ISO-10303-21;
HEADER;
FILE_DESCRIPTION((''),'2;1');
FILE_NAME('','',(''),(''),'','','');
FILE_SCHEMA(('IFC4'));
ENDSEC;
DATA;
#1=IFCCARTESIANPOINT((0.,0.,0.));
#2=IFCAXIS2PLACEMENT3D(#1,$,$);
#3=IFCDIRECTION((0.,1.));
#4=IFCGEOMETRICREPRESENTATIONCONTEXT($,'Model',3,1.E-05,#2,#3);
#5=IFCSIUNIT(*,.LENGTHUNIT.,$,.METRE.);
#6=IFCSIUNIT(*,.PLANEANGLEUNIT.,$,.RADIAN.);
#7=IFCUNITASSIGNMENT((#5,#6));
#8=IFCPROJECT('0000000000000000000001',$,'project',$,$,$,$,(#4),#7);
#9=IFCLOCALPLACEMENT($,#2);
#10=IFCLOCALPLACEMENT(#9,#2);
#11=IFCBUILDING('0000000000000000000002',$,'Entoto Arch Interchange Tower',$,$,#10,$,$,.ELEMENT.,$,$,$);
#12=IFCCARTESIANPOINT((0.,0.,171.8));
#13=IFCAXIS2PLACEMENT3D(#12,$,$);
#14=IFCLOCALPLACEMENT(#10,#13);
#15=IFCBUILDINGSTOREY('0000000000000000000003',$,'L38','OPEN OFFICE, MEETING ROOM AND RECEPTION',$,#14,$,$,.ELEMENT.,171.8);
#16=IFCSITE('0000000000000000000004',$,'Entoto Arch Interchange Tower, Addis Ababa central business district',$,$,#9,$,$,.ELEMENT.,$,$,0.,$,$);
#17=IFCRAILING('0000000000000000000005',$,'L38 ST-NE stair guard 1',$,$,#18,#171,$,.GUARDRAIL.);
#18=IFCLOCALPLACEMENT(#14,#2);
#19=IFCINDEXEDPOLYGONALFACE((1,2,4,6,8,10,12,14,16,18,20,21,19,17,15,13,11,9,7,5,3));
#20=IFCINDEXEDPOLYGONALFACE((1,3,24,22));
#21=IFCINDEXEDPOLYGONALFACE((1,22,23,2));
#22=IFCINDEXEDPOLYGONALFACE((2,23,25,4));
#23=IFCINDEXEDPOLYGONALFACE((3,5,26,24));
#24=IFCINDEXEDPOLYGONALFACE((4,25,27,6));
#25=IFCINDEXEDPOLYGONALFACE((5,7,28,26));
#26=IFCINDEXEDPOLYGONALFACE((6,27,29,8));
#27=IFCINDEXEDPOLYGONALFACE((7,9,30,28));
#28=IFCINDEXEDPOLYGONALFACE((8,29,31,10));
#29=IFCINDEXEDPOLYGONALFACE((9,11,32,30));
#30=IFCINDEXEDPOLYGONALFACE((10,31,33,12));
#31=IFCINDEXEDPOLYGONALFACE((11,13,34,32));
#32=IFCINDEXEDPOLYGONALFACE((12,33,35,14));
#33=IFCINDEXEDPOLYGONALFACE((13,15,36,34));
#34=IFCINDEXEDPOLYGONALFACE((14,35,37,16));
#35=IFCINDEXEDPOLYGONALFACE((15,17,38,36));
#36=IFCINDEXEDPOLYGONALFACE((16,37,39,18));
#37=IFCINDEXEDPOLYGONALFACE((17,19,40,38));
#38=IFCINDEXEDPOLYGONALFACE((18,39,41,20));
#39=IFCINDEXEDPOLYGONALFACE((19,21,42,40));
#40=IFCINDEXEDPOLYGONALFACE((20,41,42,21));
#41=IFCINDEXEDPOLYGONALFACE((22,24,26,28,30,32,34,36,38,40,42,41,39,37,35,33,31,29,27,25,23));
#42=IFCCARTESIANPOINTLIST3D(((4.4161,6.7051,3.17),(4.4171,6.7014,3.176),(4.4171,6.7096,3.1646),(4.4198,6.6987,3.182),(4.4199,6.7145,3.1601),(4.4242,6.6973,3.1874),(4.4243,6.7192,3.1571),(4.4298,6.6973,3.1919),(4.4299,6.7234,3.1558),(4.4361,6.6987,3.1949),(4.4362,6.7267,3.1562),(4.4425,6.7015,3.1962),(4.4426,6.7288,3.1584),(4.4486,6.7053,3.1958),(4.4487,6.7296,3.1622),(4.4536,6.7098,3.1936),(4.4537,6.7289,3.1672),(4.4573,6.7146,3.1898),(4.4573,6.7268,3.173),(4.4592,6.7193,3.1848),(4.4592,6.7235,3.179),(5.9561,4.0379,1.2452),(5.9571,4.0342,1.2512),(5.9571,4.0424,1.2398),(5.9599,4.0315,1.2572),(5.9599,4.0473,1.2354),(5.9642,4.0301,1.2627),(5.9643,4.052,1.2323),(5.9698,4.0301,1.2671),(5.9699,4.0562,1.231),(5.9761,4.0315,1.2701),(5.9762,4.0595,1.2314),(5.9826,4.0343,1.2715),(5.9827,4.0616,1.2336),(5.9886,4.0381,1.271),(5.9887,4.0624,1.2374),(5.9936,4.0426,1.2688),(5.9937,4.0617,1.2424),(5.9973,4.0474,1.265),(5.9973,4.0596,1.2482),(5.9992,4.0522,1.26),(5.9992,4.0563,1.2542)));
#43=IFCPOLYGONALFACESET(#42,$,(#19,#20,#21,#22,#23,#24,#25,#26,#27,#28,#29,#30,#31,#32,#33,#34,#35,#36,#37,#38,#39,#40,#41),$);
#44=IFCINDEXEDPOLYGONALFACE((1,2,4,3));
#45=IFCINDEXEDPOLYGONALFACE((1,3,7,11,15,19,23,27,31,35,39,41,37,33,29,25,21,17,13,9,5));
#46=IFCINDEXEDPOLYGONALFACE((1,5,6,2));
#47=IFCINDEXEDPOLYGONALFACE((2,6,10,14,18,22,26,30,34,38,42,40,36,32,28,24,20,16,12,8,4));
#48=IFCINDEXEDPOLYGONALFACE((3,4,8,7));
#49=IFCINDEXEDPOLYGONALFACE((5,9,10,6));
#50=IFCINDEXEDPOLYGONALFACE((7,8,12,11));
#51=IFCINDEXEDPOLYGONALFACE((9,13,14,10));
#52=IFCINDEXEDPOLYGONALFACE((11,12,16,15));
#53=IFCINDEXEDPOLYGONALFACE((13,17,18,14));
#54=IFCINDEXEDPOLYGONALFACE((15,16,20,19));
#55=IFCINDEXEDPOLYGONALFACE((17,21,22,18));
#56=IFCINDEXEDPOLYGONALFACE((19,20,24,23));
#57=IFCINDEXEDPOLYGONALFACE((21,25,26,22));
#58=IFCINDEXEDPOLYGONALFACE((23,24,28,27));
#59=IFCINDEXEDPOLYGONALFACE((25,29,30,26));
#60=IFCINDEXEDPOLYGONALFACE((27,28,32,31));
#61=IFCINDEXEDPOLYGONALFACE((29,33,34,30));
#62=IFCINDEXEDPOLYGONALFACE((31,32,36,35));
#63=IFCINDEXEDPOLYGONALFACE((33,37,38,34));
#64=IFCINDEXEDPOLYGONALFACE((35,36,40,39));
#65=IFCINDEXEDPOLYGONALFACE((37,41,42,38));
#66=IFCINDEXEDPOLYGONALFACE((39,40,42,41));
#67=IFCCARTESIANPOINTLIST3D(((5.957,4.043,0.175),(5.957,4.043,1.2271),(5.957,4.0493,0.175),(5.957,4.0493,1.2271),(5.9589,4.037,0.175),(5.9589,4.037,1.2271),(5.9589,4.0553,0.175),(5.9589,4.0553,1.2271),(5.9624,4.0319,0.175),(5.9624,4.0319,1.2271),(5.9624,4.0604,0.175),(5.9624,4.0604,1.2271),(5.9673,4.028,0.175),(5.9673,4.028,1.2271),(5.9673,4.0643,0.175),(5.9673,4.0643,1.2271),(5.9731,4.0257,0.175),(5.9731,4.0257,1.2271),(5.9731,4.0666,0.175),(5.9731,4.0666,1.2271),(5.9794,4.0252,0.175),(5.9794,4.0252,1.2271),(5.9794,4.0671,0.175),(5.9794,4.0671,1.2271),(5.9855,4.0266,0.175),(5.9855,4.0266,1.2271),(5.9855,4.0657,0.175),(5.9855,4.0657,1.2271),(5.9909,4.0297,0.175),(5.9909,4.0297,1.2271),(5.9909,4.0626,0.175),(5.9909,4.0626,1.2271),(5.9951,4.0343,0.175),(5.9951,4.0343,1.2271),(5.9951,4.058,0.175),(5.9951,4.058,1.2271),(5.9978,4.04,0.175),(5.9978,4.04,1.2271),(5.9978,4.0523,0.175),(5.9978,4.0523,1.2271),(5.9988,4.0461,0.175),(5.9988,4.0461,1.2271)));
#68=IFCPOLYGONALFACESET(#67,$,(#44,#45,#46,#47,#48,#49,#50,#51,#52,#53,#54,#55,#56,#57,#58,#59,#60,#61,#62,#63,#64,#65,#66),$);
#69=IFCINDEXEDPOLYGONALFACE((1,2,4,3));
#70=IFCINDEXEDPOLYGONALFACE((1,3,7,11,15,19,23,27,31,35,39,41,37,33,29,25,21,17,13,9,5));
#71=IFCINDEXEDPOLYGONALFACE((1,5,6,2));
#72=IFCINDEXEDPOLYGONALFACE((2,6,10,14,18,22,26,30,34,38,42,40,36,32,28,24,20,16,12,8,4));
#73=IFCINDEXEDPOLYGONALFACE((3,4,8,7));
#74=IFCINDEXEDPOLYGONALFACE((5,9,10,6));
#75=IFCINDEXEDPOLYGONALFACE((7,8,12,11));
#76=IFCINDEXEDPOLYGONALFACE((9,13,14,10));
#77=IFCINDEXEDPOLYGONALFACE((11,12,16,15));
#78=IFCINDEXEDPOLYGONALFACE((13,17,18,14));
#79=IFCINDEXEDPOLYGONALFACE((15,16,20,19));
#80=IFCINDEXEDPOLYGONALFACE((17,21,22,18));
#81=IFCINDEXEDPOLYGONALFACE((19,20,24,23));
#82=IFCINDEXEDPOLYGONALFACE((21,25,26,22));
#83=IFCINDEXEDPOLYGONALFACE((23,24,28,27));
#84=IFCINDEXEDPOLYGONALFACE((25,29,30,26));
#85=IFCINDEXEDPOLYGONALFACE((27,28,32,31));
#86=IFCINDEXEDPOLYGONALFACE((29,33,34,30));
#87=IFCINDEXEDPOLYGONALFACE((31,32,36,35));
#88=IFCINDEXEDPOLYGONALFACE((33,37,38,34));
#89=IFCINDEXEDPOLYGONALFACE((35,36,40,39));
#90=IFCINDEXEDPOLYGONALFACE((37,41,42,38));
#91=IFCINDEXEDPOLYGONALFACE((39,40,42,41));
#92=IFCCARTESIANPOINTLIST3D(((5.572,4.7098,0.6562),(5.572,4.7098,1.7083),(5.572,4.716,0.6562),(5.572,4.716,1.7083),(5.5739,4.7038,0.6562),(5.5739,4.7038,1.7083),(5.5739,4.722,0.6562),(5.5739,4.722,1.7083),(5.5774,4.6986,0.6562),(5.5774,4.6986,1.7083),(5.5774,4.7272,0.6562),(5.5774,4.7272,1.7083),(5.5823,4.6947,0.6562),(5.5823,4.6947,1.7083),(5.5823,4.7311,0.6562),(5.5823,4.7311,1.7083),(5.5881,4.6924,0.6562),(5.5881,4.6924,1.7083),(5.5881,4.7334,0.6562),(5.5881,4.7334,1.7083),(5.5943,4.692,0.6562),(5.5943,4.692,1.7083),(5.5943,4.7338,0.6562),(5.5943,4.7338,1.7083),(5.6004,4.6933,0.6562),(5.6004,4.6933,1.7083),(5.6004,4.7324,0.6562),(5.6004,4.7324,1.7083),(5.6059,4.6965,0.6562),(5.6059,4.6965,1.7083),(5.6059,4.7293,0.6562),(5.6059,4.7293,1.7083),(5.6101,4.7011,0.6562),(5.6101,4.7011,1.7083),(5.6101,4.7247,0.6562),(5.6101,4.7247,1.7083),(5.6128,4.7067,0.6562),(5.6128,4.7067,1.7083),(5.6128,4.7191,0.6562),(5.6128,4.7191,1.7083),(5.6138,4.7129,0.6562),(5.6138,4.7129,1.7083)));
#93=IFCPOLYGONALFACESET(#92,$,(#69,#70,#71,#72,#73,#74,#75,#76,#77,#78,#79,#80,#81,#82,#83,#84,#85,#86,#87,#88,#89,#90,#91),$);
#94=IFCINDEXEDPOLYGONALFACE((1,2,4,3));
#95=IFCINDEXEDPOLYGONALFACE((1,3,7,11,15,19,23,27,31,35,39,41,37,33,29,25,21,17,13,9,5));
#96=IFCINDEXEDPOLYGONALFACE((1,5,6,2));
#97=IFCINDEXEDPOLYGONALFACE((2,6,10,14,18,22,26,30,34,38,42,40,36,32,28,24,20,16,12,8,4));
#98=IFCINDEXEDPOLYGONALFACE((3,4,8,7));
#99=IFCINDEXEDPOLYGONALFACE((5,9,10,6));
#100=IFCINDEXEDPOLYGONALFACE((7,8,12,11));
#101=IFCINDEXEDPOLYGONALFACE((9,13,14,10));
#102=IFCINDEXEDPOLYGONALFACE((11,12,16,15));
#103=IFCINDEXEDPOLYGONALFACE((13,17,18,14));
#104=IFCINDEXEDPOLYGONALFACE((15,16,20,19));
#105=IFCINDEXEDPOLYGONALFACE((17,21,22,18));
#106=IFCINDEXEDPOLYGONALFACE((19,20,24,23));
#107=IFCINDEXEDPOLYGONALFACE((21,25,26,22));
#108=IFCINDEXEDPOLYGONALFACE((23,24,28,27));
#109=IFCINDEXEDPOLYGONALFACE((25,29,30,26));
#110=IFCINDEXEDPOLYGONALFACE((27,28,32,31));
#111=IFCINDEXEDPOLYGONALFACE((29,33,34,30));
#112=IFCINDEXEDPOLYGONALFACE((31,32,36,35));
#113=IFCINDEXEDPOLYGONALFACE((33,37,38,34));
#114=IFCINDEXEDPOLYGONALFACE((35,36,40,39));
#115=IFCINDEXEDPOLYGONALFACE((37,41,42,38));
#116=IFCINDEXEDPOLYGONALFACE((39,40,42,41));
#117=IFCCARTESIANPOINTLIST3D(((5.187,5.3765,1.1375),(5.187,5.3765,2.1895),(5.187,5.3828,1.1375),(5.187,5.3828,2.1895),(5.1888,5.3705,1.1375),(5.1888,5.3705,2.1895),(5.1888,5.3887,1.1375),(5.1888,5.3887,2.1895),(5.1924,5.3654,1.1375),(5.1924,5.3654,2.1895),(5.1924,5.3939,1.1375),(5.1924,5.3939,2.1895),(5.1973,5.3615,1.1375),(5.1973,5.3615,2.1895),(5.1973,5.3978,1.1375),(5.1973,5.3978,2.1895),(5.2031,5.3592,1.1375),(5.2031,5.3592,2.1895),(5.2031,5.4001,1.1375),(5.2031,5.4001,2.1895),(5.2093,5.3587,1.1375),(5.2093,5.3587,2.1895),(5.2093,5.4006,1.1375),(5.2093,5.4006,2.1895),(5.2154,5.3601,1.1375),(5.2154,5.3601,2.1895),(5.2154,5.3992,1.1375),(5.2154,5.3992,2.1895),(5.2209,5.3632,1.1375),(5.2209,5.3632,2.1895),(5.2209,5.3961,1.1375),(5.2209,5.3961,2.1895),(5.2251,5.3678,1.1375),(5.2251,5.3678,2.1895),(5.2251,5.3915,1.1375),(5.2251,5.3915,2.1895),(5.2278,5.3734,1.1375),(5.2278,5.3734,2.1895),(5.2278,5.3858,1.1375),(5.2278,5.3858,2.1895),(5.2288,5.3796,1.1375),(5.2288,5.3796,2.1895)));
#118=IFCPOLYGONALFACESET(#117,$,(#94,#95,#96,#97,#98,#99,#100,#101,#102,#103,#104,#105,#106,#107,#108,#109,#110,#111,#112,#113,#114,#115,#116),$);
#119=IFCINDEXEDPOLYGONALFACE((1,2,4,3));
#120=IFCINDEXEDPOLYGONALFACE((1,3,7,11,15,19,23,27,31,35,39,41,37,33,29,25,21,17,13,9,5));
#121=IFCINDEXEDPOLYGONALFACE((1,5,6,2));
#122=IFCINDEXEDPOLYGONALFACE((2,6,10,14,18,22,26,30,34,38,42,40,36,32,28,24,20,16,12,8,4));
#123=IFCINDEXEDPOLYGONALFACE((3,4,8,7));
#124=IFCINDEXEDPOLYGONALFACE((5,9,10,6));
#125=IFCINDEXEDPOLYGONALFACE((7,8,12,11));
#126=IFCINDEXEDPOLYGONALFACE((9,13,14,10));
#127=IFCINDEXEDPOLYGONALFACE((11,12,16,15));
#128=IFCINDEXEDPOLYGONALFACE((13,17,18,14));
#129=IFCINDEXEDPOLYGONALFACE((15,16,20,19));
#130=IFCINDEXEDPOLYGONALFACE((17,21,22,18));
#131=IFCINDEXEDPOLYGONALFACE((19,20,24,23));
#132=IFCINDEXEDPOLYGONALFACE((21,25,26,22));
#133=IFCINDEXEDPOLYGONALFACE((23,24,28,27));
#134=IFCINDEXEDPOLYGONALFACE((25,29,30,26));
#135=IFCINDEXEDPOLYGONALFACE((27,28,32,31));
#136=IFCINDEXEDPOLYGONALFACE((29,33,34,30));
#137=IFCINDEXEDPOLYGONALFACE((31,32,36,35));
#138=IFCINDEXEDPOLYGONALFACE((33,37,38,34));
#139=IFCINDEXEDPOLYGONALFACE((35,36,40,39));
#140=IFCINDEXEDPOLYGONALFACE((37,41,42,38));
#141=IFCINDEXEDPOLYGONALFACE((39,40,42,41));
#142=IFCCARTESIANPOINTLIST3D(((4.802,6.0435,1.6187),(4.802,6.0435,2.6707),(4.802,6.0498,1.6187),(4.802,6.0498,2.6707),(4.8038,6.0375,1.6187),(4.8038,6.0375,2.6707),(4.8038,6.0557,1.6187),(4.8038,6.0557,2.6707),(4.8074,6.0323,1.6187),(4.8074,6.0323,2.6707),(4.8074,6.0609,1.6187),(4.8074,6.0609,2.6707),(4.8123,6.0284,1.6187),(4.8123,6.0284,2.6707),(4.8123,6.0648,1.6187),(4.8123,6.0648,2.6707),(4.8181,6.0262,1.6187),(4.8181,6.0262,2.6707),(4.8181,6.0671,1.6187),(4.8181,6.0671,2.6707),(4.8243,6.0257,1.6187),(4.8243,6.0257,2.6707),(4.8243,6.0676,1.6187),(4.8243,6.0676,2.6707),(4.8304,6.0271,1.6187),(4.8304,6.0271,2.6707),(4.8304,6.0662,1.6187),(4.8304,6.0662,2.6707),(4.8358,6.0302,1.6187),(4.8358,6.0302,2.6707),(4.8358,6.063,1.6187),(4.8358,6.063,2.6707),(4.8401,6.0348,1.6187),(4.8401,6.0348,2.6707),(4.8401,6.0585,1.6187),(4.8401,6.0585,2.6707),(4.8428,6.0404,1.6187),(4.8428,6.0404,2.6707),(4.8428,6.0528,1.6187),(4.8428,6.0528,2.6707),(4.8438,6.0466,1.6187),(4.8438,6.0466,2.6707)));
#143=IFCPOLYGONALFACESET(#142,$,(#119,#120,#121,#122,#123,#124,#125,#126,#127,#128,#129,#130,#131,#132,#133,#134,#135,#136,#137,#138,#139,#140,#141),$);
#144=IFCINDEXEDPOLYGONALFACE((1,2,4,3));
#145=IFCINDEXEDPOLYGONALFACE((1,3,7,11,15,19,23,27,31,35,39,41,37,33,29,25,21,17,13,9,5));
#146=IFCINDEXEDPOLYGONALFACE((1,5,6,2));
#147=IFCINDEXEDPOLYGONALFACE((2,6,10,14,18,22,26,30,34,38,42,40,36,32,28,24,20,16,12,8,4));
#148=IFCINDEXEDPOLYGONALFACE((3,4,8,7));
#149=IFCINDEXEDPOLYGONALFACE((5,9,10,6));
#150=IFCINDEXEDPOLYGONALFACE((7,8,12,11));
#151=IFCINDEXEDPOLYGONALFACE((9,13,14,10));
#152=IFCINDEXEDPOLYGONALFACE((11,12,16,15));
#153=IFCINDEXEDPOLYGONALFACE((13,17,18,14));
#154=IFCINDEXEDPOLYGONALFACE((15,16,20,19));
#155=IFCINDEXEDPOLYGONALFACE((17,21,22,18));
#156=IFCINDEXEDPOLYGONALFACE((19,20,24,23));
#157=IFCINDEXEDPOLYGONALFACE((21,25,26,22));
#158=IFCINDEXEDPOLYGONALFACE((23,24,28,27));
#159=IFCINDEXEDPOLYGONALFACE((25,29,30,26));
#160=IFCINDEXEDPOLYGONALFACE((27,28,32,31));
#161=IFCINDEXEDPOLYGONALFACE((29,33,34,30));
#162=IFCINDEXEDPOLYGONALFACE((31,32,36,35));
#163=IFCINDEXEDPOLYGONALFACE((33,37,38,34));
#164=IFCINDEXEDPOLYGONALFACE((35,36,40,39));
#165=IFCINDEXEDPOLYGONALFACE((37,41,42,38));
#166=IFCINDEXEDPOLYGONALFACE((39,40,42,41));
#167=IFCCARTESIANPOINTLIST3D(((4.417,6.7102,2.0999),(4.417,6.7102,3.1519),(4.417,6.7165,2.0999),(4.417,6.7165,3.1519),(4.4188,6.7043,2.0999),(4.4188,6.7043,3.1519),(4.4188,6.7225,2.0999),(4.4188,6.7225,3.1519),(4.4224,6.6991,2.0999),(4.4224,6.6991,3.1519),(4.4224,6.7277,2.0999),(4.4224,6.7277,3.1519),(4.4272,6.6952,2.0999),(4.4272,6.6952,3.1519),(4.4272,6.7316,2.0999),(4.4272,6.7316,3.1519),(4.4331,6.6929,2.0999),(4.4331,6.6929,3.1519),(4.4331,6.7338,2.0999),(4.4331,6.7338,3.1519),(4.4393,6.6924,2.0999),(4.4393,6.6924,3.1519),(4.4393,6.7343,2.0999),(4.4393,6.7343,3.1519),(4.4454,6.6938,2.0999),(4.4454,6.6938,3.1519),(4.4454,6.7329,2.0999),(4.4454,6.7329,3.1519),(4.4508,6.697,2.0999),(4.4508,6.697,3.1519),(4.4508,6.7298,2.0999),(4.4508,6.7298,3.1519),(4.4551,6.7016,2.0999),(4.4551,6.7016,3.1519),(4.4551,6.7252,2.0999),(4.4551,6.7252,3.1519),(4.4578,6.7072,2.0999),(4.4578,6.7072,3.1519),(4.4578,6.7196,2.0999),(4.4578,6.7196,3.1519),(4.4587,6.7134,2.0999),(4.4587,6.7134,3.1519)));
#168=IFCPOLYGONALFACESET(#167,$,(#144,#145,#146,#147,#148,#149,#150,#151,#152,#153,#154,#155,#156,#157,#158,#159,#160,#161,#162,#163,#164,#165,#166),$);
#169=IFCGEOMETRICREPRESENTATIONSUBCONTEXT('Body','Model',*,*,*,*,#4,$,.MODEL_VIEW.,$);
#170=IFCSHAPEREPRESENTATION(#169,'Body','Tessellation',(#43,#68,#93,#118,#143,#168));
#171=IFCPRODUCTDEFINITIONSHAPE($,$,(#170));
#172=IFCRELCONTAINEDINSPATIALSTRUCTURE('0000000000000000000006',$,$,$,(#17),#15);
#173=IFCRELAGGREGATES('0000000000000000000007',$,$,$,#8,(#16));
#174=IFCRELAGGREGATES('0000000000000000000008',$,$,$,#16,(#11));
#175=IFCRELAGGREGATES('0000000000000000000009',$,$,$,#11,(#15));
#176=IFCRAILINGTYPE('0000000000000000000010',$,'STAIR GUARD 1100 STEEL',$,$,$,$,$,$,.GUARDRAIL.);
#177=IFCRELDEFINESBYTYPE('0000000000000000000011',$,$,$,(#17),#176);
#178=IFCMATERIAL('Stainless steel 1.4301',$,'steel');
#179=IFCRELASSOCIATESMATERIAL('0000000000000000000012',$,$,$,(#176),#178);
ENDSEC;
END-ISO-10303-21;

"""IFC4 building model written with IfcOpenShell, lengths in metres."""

from ifc_helpers import new_model, si_unit, direction, frame, origin, origin_2d, place, context, subcontext, project, spatial, circle, extrude, material, type_object, element, save


model = new_model("IFC4")

# Units and contexts
model_context = context("Model", 3, precision=1e-05, world=origin(), true_north=direction((0.0, 1.0)))
body_context = subcontext(model_context, "Body", "Model", "MODEL_VIEW")
ifc_project = project(units=[si_unit("LENGTHUNIT", "METRE"), si_unit("PLANEANGLEUNIT", "RADIAN")], contexts=[model_context])

# Site, building, storey
site_placement = place(None, origin())
site = spatial("IfcSite", under=ifc_project, at=site_placement, Name="Entoto Arch Interchange Tower, Addis Ababa central business district", CompositionType="ELEMENT", RefElevation=0.0)
building_placement = place(site_placement, origin())
building = spatial("IfcBuilding", under=site, at=building_placement, Name="Entoto Arch Interchange Tower", CompositionType="ELEMENT")
storey_placement = place(building_placement, frame((0.0, 0.0, 171.8)))
storey = spatial("IfcBuildingStorey", under=building, at=storey_placement, Name="L38", Description="OPEN OFFICE, MEETING ROOM AND RECEPTION", CompositionType="ELEMENT", Elevation=171.8)

# Railing
ifc_material_1 = material(Name="Stainless steel 1.4301", Category="steel")
railing_type_1 = type_object("IfcRailingType", Name="STAIR GUARD 1100 STEEL", PredefinedType="GUARDRAIL", material=ifc_material_1)
railing_1_placement = place(storey_placement, frame((5.9778, 4.0461, 0.175)))
element("IfcRailing", 1, at=railing_1_placement, inside=storey, type_object=railing_type_1, Name="L38 ST-NE stair guard 1", PredefinedType="GUARDRAIL", context=body_context, shape_type="SweptSolid", body=[
    extrude(circle(Radius=0.0239, at=origin_2d()), frame((0.0, 0.0, 1.0762), z_axis=(-0.424031, 0.73439, 0.529971), x_axis=(-0.86601, -0.500027, 0.0)), (0.0, 0.0, 1.0), 3.6318),
    extrude(circle(Radius=0.021, at=origin_2d()), origin(), (0.0, 0.0, 1.0), 1.052),
    extrude(circle(Radius=0.021, at=origin_2d()), frame((-0.385, 0.6667, 0.4812)), (0.0, 0.0, 1.0), 1.052),
    extrude(circle(Radius=0.021, at=origin_2d()), frame((-0.77, 1.3335, 0.9624)), (0.0, 0.0, 1.0), 1.052),
    extrude(circle(Radius=0.021, at=origin_2d()), frame((-1.155, 2.0005, 1.4436)), (0.0, 0.0, 1.0), 1.052),
    extrude(circle(Radius=0.021, at=origin_2d()), frame((-1.54, 2.6672, 1.9248)), (0.0, 0.0, 1.0), 1.052),
])

save(model, "model.ifc")
